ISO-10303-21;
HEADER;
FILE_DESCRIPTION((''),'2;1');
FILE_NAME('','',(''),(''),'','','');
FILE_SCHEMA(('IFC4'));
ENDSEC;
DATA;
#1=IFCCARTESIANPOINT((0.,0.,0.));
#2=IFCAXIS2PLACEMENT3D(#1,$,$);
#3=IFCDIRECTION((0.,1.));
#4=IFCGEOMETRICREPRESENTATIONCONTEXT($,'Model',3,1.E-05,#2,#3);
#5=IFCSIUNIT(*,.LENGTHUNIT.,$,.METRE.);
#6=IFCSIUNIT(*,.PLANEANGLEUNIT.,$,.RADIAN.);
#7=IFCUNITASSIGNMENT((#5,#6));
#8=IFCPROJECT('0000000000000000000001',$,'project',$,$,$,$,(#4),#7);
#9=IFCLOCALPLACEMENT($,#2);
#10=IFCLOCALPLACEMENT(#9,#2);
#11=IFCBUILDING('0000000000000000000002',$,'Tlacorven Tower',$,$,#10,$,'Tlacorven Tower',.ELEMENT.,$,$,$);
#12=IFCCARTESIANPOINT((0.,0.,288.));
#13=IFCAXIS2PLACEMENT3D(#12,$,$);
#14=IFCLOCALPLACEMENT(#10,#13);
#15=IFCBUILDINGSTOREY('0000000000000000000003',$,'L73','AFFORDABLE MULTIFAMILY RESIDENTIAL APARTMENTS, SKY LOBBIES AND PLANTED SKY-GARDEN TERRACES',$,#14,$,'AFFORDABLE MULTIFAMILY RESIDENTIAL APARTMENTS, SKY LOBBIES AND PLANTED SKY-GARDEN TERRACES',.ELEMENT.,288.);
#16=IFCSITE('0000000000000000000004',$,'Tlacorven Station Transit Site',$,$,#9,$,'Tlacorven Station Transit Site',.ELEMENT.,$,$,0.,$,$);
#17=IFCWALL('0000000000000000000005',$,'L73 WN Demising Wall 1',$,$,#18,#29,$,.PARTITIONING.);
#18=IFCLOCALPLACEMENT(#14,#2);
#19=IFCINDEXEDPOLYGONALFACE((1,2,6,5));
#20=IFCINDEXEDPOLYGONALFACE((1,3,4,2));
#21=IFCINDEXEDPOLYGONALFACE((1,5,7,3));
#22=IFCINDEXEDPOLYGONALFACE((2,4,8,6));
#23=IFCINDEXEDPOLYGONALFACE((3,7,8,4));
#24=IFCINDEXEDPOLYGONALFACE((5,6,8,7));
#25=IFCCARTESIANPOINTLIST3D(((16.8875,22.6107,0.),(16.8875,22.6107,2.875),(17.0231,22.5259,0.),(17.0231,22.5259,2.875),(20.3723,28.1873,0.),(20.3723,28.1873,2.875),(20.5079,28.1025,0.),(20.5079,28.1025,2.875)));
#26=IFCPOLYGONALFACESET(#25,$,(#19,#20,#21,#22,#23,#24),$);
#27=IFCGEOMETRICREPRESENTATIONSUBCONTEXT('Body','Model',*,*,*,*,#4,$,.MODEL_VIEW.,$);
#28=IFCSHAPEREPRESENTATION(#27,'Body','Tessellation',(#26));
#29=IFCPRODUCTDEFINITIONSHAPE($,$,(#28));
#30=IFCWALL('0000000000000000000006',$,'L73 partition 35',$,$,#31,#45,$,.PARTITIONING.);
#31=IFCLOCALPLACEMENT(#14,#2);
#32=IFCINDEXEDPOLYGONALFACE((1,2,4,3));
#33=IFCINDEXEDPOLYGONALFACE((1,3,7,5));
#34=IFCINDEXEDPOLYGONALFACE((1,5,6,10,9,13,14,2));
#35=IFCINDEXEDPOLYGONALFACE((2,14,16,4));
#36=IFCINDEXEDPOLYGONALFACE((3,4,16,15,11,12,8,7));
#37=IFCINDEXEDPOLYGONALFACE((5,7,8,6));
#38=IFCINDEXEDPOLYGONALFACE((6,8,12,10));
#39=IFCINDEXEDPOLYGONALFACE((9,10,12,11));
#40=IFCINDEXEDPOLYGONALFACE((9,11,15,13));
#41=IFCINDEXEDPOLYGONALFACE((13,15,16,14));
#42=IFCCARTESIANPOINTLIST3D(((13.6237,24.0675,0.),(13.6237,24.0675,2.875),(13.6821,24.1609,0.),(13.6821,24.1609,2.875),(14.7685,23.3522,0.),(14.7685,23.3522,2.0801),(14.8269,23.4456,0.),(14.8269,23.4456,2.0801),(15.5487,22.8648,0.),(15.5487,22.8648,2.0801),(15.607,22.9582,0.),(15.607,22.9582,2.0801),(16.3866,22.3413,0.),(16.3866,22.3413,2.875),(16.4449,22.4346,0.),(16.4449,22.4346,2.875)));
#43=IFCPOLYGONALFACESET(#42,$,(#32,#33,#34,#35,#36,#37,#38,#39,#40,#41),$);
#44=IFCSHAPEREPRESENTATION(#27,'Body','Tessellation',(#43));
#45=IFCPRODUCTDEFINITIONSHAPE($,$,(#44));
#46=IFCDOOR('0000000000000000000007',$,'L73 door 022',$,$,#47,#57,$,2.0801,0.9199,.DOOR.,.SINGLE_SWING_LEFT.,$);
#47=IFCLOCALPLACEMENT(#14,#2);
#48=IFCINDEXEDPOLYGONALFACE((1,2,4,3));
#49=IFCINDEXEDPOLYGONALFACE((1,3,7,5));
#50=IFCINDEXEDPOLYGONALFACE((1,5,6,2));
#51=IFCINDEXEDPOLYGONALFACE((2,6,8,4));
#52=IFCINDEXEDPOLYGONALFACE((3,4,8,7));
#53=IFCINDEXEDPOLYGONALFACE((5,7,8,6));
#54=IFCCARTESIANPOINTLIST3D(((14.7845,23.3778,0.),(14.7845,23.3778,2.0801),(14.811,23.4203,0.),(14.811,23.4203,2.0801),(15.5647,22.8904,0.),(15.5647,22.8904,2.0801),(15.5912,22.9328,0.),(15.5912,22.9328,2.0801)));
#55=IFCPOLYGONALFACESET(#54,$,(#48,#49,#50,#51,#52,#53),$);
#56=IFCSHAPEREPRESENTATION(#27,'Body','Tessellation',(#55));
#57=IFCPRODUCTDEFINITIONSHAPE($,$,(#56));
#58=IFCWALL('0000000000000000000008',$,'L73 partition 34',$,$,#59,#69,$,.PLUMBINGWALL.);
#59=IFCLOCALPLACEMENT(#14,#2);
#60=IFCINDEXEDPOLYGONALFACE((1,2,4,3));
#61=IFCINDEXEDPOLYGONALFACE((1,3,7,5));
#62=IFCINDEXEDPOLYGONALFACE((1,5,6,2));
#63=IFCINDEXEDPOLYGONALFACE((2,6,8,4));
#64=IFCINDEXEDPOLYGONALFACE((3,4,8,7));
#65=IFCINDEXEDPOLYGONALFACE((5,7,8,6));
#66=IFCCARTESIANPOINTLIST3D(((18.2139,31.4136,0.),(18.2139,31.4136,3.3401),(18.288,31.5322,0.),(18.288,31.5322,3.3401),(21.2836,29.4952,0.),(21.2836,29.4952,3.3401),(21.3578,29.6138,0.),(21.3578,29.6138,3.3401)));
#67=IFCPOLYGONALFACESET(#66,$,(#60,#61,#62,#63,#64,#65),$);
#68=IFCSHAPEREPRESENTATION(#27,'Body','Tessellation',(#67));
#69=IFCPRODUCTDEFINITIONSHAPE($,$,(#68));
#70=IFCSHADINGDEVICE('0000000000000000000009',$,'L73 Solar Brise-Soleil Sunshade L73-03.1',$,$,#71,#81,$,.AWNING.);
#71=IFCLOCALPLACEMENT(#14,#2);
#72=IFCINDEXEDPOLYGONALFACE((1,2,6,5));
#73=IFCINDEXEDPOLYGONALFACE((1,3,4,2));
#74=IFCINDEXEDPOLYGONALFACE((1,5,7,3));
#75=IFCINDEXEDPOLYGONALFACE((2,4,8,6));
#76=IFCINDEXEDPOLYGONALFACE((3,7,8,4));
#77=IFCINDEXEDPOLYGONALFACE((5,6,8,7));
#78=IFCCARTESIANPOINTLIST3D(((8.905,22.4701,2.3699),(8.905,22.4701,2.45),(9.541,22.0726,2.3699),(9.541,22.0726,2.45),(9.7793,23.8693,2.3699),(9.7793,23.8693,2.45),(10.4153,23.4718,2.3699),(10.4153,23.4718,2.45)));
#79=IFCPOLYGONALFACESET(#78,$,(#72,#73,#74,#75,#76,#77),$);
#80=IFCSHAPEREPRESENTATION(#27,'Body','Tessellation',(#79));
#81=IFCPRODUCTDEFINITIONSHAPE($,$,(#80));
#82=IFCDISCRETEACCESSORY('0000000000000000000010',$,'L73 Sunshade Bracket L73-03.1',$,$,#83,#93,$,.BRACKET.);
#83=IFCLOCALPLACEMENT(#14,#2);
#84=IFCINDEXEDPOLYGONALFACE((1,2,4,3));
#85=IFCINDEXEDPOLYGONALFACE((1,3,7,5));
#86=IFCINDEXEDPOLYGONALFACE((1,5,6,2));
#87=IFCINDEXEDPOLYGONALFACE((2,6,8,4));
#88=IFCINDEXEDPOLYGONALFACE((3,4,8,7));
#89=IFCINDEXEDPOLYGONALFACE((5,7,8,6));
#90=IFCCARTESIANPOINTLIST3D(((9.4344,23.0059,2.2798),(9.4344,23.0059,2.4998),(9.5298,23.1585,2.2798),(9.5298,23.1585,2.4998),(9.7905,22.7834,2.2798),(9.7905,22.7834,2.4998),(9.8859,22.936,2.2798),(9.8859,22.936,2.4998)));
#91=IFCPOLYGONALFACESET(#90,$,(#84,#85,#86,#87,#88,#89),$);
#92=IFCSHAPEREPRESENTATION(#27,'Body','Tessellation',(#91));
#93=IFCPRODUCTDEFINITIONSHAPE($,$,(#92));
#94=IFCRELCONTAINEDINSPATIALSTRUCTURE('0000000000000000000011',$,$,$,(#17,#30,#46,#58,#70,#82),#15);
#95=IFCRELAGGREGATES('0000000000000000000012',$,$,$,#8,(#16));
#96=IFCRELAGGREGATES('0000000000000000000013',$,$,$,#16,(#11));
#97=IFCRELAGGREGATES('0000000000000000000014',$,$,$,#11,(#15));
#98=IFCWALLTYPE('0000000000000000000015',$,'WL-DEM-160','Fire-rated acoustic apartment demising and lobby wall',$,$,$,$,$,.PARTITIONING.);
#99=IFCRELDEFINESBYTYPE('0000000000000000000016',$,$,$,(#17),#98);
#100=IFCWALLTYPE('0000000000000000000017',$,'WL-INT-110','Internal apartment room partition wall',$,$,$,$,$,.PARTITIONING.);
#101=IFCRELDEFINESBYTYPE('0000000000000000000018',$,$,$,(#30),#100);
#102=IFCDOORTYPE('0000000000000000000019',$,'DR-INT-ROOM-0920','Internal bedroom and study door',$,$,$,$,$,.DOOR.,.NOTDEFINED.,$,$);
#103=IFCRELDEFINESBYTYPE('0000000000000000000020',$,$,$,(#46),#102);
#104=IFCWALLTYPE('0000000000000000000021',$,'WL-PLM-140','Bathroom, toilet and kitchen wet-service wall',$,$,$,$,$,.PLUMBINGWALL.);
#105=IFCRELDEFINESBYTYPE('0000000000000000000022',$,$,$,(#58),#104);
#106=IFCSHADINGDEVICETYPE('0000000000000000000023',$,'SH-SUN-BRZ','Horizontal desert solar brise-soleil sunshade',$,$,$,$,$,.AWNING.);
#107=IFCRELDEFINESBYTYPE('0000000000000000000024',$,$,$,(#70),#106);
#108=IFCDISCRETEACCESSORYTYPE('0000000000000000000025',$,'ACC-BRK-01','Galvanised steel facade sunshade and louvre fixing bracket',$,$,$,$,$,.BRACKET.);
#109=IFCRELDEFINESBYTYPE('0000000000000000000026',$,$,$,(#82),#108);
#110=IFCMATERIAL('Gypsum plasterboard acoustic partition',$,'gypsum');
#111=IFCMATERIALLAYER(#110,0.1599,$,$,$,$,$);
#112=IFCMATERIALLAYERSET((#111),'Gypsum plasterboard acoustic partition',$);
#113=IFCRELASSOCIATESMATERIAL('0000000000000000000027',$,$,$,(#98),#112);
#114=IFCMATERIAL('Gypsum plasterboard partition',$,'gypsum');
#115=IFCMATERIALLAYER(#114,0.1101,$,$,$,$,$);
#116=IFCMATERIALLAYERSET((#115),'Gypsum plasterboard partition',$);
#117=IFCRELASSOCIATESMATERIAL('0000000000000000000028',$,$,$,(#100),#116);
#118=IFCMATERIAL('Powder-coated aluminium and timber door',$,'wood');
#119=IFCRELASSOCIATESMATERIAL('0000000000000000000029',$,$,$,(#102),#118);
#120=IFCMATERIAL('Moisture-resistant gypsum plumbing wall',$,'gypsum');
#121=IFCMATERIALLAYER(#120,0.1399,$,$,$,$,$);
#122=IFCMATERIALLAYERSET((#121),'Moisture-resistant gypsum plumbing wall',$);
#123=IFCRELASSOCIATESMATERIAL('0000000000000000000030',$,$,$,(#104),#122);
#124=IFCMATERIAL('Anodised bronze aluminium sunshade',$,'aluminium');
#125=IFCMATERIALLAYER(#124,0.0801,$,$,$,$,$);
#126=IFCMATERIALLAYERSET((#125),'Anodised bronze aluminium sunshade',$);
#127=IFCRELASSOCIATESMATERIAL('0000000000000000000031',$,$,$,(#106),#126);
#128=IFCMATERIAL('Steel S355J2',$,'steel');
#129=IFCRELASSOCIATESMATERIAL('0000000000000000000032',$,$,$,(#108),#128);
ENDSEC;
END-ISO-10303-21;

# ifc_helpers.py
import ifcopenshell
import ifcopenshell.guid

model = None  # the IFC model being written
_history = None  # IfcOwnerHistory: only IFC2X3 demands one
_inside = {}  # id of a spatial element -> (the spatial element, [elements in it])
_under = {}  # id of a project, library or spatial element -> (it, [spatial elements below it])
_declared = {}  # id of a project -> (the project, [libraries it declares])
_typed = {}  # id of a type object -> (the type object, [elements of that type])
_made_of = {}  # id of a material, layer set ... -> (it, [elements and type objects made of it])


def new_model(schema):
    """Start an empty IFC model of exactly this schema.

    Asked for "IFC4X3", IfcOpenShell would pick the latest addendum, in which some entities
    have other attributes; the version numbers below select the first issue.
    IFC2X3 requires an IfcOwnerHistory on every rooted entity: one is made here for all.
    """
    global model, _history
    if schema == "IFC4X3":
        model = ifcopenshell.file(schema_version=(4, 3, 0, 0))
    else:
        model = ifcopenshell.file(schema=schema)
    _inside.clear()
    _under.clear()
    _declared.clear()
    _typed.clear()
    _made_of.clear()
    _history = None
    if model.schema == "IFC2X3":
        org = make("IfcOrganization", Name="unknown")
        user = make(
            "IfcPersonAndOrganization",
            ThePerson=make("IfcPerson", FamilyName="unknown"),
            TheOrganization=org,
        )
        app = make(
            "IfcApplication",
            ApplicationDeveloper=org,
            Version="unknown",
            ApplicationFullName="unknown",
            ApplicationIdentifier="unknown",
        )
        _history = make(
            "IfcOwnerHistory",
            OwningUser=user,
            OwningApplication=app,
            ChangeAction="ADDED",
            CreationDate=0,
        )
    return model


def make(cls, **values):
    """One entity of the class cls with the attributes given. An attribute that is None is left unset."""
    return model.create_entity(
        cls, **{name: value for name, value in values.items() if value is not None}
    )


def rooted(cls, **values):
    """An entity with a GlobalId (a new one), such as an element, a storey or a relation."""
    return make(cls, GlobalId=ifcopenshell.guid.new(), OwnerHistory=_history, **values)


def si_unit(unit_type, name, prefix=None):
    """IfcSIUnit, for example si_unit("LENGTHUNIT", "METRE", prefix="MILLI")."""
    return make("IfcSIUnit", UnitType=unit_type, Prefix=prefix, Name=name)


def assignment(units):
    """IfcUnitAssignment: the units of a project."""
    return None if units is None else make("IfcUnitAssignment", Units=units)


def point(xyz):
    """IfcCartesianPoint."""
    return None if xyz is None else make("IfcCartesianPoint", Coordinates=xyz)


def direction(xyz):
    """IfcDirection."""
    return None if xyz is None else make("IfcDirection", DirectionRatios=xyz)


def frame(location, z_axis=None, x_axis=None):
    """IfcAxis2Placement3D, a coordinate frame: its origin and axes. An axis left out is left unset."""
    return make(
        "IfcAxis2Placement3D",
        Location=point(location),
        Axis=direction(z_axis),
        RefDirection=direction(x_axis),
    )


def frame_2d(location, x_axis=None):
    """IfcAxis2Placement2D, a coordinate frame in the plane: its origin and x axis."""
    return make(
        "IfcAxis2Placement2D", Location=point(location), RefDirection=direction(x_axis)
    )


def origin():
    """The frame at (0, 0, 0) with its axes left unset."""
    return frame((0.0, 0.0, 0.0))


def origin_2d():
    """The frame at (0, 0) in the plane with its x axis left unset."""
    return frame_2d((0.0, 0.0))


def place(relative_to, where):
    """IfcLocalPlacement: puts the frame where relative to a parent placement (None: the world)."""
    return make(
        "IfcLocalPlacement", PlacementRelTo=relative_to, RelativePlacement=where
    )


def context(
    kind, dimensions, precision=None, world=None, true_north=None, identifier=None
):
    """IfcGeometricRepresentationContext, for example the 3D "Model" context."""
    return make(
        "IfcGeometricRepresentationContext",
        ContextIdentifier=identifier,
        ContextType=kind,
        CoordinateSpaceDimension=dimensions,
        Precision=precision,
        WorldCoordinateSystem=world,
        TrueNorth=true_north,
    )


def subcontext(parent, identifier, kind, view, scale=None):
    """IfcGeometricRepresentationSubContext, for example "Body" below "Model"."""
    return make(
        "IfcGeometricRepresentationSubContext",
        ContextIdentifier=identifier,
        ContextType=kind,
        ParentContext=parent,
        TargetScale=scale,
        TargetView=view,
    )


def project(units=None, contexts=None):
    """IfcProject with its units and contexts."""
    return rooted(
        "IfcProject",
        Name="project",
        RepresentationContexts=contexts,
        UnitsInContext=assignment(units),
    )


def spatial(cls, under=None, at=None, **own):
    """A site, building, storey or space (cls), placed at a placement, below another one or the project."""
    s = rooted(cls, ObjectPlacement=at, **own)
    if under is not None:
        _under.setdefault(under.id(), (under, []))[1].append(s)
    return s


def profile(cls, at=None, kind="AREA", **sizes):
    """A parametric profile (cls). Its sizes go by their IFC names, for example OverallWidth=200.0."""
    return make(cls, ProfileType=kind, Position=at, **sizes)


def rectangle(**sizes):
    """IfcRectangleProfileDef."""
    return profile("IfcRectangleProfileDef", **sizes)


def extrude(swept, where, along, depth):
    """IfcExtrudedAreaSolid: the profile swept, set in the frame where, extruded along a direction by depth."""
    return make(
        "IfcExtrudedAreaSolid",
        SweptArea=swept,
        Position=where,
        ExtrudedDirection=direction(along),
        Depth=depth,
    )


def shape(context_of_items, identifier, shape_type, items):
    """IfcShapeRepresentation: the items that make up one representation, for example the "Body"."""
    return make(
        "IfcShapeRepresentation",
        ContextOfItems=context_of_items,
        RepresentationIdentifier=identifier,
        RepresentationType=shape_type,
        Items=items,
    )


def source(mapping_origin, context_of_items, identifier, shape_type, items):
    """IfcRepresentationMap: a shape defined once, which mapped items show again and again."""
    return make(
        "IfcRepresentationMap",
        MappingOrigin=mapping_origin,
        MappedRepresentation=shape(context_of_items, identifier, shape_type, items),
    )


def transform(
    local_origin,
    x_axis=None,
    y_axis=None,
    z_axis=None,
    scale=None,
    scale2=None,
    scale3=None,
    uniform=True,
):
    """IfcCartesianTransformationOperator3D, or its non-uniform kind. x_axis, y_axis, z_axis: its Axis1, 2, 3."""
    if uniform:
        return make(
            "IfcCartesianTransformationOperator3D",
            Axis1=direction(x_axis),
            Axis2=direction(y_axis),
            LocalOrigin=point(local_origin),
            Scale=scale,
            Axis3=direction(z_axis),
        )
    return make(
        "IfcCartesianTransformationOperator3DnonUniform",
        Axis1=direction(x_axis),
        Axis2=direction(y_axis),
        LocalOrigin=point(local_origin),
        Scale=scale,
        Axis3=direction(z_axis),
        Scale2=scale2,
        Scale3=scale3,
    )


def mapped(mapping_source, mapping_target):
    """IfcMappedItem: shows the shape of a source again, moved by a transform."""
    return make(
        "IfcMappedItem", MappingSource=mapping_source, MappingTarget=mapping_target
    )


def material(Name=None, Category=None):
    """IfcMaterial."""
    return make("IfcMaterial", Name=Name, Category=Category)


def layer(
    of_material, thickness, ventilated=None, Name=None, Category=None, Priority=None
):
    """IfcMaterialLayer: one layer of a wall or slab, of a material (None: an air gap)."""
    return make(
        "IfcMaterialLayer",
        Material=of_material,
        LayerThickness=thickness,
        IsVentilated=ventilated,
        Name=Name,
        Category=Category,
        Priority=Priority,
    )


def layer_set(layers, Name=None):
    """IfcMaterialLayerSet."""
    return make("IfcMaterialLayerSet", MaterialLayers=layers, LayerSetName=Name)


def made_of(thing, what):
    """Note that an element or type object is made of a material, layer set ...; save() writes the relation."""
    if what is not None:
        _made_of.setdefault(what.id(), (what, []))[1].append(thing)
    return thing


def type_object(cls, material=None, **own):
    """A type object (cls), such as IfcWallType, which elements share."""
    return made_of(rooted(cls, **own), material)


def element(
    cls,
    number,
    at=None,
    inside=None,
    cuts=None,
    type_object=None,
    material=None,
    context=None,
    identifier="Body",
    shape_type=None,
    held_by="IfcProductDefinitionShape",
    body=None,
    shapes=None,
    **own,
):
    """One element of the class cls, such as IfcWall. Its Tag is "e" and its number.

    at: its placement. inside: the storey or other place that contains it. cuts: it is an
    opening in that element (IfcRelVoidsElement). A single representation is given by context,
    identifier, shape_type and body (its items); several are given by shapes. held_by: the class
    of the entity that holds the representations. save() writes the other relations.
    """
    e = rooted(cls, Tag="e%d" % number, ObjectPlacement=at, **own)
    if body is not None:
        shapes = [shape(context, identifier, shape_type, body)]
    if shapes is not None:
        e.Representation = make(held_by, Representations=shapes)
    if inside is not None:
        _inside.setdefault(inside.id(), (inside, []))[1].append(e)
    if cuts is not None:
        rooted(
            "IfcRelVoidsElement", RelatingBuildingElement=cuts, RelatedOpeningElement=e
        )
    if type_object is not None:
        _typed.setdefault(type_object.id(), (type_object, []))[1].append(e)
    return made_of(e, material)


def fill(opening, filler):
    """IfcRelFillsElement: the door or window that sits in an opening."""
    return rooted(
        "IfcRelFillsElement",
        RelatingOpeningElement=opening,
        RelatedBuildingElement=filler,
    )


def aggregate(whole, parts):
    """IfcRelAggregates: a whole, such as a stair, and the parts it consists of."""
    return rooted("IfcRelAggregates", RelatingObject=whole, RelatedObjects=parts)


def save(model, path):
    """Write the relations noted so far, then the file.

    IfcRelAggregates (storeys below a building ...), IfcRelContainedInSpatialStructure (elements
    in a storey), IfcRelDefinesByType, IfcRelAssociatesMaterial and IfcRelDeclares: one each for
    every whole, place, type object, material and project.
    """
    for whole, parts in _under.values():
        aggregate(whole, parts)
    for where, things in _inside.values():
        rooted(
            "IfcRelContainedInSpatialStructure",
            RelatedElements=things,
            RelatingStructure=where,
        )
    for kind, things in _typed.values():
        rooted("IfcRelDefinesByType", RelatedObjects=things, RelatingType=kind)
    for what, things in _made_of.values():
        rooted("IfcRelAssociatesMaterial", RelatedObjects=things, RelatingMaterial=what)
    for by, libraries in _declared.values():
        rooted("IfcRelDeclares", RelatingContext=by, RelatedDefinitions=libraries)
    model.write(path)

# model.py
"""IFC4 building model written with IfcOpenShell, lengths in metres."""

from ifc_helpers import new_model, si_unit, direction, frame, frame_2d, origin, origin_2d, place, context, subcontext, project, spatial, rectangle, extrude, source, transform, mapped, material, layer, layer_set, type_object, element, fill, save


model = new_model("IFC4")

# Units and contexts
model_context = context("Model", 3, precision=1e-05, world=origin(), true_north=direction((0.0, 1.0)))
body_context = subcontext(model_context, "Body", "Model", "MODEL_VIEW")
ifc_project = project(units=[si_unit("LENGTHUNIT", "METRE"), si_unit("PLANEANGLEUNIT", "RADIAN")], contexts=[model_context])

# Site, building, storey
site_placement = place(None, origin())
site = spatial("IfcSite", under=ifc_project, at=site_placement, Name="Tlacorven Station Transit Site", LongName="Tlacorven Station Transit Site", CompositionType="ELEMENT", RefElevation=0.0)
building_placement = place(site_placement, origin())
building = spatial("IfcBuilding", under=site, at=building_placement, Name="Tlacorven Tower", LongName="Tlacorven Tower", CompositionType="ELEMENT")
storey_placement = place(building_placement, frame((0.0, 0.0, 288.0)))
storey = spatial("IfcBuildingStorey", under=building, at=storey_placement, Name="L73", Description="AFFORDABLE MULTIFAMILY RESIDENTIAL APARTMENTS, SKY LOBBIES AND PLANTED SKY-GARDEN TERRACES", LongName="AFFORDABLE MULTIFAMILY RESIDENTIAL APARTMENTS, SKY LOBBIES AND PLANTED SKY-GARDEN TERRACES", CompositionType="ELEMENT", Elevation=288.0)

# Shared definitions
ifc_material_1 = material(Name="Steel S355J2", Category="steel")

# Wall
ifc_material_2 = material(Name="Gypsum plasterboard acoustic partition", Category="gypsum")
ifc_layer_1 = layer(ifc_material_2, 0.1599)
ifc_layer_set_1 = layer_set([ifc_layer_1], Name="Gypsum plasterboard acoustic partition")
wall_type_1 = type_object("IfcWallType", Name="WL-DEM-160", Description="Fire-rated acoustic apartment demising and lobby wall", PredefinedType="PARTITIONING", material=ifc_layer_set_1)
wall_1_placement = place(storey_placement, frame((20.4402, 28.145, 0.0), z_axis=(0.0, 0.0, 1.0), x_axis=(-0.529939, -0.848036, 0.0)))
element("IfcWall", 1, at=wall_1_placement, inside=storey, type_object=wall_type_1, Name="L73 WN Demising Wall 1", PredefinedType="PARTITIONING", context=body_context, shape_type="SweptSolid", body=[
    extrude(rectangle(XDim=6.5759, YDim=0.1599, at=frame_2d((3.2881, 0.0))), origin(), (0.0, 0.0, 1.0), 2.875),
])

# Wall, opening, door
ifc_material_3 = material(Name="Gypsum plasterboard partition", Category="gypsum")
ifc_layer_2 = layer(ifc_material_3, 0.1101)
ifc_layer_set_2 = layer_set([ifc_layer_2], Name="Gypsum plasterboard partition")
wall_type_2 = type_object("IfcWallType", Name="WL-INT-110", Description="Internal apartment room partition wall", PredefinedType="PARTITIONING", material=ifc_layer_set_2)
wall_2_placement = place(storey_placement, frame((16.4158, 22.3879, 0.0), z_axis=(0.0, 0.0, 1.0), x_axis=(-0.84807, 0.529884, 0.0)))
wall_2 = element("IfcWall", 2, at=wall_2_placement, inside=storey, type_object=wall_type_2, Name="L73 partition 35", PredefinedType="PARTITIONING", context=body_context, shape_type="SweptSolid", body=[
    extrude(rectangle(XDim=3.2578, YDim=0.1101, at=frame_2d((1.6289, 0.0))), origin(), (0.0, 0.0, 1.0), 2.875),
])
opening_placement = place(wall_2_placement, frame((0.988, 0.0, 0.0)))
opening = element("IfcOpeningElement", 3, at=opening_placement, cuts=wall_2, PredefinedType="OPENING", context=body_context, shape_type="SweptSolid", body=[
    extrude(rectangle(XDim=0.9199, YDim=2.0801, at=frame_2d((0.46, 1.04))), frame((0.0, 0.0649, 0.0), z_axis=(0.0, -1.0, 0.0), x_axis=(1.0, 0.0, 0.0)), (0.0, 0.0, 1.0), 0.1301),
])
ifc_material_4 = material(Name="Powder-coated aluminium and timber door", Category="wood")
door_type = type_object("IfcDoorType", Name="DR-INT-ROOM-0920", Description="Internal bedroom and study door", OperationType="NOTDEFINED", PredefinedType="DOOR", material=ifc_material_4)
shared_shape_1 = source(origin(), body_context, "Body", "SweptSolid", [
    extrude(rectangle(XDim=0.9199, YDim=2.0801, at=frame_2d((0.46, 1.04))), frame((0.0, 0.0249, 0.0), z_axis=(0.0, -1.0, 0.0), x_axis=(1.0, 0.0, 0.0)), (0.0, 0.0, 1.0), 0.05),
])
door_placement = place(opening_placement, origin())
door = element("IfcDoor", 4, at=door_placement, inside=storey, type_object=door_type, Name="L73 door 022", OperationType="SINGLE_SWING_LEFT", OverallHeight=2.0801, OverallWidth=0.9199, PredefinedType="DOOR", context=body_context, shape_type="MappedRepresentation", body=[
    mapped(shared_shape_1, transform((0.0, 0.0, 0.0), scale=1.0)),
])
fill(opening, door)

# Wall
ifc_material_5 = material(Name="Moisture-resistant gypsum plumbing wall", Category="gypsum")
ifc_layer_3 = layer(ifc_material_5, 0.1399)
ifc_layer_set_3 = layer_set([ifc_layer_3], Name="Moisture-resistant gypsum plumbing wall")
wall_type_3 = type_object("IfcWallType", Name="WL-PLM-140", Description="Bathroom, toilet and kitchen wet-service wall", PredefinedType="PLUMBINGWALL", material=ifc_layer_set_3)
wall_3_placement = place(storey_placement, frame((21.3208, 29.5544, 0.0), z_axis=(0.0, 0.0, 1.0), x_axis=(-0.848021, 0.529963, 0.0)))
element("IfcWall", 5, at=wall_3_placement, inside=storey, type_object=wall_type_3, Name="L73 partition 34", PredefinedType="PLUMBINGWALL", context=body_context, shape_type="SweptSolid", body=[
    extrude(rectangle(XDim=3.6199, YDim=0.1399, at=frame_2d((1.8101, 0.0))), origin(), (0.0, 0.0, 1.0), 3.3401),
])

# Shading device
ifc_material_6 = material(Name="Anodised bronze aluminium sunshade", Category="aluminium")
ifc_layer_4 = layer(ifc_material_6, 0.0801)
ifc_layer_set_4 = layer_set([ifc_layer_4], Name="Anodised bronze aluminium sunshade")
shading_device_type = type_object("IfcShadingDeviceType", Name="SH-SUN-BRZ", Description="Horizontal desert solar brise-soleil sunshade", PredefinedType="AWNING", material=ifc_layer_set_4)
shared_shape_2 = source(origin(), body_context, "Body", "SweptSolid", [
    extrude(rectangle(XDim=1.6499, YDim=0.75, at=origin_2d()), origin(), (0.0, 0.0, 1.0), 0.0801),
])
shading_device_placement = place(storey_placement, frame((9.6602, 22.9709, 2.3699), z_axis=(0.0, 0.0, 1.0), x_axis=(0.529919, 0.848048, 0.0)))
element("IfcShadingDevice", 6, at=shading_device_placement, inside=storey, type_object=shading_device_type, Name="L73 Solar Brise-Soleil Sunshade L73-03.1", PredefinedType="AWNING", context=body_context, shape_type="MappedRepresentation", body=[
    mapped(shared_shape_2, transform((0.0, 0.0, 0.0), scale=1.0)),
])

# Discrete accessory
discrete_accessory_type = type_object("IfcDiscreteAccessoryType", Name="ACC-BRK-01", Description="Galvanised steel facade sunshade and louvre fixing bracket", PredefinedType="BRACKET", material=ifc_material_1)
shared_shape_3 = source(origin(), body_context, "Body", "SweptSolid", [
    extrude(rectangle(XDim=0.1799, YDim=0.4199, at=origin_2d()), origin(), (0.0, 0.0, 1.0), 0.22),
])
discrete_accessory_placement = place(storey_placement, frame((9.6602, 22.9709, 2.2798), z_axis=(0.0, 0.0, 1.0), x_axis=(0.529919, 0.848048, 0.0)))
element("IfcDiscreteAccessory", 7, at=discrete_accessory_placement, inside=storey, type_object=discrete_accessory_type, Name="L73 Sunshade Bracket L73-03.1", PredefinedType="BRACKET", context=body_context, shape_type="MappedRepresentation", body=[
    mapped(shared_shape_3, transform((0.0, 0.0, 0.0), scale=1.0)),
])

save(model, "model.ifc")
